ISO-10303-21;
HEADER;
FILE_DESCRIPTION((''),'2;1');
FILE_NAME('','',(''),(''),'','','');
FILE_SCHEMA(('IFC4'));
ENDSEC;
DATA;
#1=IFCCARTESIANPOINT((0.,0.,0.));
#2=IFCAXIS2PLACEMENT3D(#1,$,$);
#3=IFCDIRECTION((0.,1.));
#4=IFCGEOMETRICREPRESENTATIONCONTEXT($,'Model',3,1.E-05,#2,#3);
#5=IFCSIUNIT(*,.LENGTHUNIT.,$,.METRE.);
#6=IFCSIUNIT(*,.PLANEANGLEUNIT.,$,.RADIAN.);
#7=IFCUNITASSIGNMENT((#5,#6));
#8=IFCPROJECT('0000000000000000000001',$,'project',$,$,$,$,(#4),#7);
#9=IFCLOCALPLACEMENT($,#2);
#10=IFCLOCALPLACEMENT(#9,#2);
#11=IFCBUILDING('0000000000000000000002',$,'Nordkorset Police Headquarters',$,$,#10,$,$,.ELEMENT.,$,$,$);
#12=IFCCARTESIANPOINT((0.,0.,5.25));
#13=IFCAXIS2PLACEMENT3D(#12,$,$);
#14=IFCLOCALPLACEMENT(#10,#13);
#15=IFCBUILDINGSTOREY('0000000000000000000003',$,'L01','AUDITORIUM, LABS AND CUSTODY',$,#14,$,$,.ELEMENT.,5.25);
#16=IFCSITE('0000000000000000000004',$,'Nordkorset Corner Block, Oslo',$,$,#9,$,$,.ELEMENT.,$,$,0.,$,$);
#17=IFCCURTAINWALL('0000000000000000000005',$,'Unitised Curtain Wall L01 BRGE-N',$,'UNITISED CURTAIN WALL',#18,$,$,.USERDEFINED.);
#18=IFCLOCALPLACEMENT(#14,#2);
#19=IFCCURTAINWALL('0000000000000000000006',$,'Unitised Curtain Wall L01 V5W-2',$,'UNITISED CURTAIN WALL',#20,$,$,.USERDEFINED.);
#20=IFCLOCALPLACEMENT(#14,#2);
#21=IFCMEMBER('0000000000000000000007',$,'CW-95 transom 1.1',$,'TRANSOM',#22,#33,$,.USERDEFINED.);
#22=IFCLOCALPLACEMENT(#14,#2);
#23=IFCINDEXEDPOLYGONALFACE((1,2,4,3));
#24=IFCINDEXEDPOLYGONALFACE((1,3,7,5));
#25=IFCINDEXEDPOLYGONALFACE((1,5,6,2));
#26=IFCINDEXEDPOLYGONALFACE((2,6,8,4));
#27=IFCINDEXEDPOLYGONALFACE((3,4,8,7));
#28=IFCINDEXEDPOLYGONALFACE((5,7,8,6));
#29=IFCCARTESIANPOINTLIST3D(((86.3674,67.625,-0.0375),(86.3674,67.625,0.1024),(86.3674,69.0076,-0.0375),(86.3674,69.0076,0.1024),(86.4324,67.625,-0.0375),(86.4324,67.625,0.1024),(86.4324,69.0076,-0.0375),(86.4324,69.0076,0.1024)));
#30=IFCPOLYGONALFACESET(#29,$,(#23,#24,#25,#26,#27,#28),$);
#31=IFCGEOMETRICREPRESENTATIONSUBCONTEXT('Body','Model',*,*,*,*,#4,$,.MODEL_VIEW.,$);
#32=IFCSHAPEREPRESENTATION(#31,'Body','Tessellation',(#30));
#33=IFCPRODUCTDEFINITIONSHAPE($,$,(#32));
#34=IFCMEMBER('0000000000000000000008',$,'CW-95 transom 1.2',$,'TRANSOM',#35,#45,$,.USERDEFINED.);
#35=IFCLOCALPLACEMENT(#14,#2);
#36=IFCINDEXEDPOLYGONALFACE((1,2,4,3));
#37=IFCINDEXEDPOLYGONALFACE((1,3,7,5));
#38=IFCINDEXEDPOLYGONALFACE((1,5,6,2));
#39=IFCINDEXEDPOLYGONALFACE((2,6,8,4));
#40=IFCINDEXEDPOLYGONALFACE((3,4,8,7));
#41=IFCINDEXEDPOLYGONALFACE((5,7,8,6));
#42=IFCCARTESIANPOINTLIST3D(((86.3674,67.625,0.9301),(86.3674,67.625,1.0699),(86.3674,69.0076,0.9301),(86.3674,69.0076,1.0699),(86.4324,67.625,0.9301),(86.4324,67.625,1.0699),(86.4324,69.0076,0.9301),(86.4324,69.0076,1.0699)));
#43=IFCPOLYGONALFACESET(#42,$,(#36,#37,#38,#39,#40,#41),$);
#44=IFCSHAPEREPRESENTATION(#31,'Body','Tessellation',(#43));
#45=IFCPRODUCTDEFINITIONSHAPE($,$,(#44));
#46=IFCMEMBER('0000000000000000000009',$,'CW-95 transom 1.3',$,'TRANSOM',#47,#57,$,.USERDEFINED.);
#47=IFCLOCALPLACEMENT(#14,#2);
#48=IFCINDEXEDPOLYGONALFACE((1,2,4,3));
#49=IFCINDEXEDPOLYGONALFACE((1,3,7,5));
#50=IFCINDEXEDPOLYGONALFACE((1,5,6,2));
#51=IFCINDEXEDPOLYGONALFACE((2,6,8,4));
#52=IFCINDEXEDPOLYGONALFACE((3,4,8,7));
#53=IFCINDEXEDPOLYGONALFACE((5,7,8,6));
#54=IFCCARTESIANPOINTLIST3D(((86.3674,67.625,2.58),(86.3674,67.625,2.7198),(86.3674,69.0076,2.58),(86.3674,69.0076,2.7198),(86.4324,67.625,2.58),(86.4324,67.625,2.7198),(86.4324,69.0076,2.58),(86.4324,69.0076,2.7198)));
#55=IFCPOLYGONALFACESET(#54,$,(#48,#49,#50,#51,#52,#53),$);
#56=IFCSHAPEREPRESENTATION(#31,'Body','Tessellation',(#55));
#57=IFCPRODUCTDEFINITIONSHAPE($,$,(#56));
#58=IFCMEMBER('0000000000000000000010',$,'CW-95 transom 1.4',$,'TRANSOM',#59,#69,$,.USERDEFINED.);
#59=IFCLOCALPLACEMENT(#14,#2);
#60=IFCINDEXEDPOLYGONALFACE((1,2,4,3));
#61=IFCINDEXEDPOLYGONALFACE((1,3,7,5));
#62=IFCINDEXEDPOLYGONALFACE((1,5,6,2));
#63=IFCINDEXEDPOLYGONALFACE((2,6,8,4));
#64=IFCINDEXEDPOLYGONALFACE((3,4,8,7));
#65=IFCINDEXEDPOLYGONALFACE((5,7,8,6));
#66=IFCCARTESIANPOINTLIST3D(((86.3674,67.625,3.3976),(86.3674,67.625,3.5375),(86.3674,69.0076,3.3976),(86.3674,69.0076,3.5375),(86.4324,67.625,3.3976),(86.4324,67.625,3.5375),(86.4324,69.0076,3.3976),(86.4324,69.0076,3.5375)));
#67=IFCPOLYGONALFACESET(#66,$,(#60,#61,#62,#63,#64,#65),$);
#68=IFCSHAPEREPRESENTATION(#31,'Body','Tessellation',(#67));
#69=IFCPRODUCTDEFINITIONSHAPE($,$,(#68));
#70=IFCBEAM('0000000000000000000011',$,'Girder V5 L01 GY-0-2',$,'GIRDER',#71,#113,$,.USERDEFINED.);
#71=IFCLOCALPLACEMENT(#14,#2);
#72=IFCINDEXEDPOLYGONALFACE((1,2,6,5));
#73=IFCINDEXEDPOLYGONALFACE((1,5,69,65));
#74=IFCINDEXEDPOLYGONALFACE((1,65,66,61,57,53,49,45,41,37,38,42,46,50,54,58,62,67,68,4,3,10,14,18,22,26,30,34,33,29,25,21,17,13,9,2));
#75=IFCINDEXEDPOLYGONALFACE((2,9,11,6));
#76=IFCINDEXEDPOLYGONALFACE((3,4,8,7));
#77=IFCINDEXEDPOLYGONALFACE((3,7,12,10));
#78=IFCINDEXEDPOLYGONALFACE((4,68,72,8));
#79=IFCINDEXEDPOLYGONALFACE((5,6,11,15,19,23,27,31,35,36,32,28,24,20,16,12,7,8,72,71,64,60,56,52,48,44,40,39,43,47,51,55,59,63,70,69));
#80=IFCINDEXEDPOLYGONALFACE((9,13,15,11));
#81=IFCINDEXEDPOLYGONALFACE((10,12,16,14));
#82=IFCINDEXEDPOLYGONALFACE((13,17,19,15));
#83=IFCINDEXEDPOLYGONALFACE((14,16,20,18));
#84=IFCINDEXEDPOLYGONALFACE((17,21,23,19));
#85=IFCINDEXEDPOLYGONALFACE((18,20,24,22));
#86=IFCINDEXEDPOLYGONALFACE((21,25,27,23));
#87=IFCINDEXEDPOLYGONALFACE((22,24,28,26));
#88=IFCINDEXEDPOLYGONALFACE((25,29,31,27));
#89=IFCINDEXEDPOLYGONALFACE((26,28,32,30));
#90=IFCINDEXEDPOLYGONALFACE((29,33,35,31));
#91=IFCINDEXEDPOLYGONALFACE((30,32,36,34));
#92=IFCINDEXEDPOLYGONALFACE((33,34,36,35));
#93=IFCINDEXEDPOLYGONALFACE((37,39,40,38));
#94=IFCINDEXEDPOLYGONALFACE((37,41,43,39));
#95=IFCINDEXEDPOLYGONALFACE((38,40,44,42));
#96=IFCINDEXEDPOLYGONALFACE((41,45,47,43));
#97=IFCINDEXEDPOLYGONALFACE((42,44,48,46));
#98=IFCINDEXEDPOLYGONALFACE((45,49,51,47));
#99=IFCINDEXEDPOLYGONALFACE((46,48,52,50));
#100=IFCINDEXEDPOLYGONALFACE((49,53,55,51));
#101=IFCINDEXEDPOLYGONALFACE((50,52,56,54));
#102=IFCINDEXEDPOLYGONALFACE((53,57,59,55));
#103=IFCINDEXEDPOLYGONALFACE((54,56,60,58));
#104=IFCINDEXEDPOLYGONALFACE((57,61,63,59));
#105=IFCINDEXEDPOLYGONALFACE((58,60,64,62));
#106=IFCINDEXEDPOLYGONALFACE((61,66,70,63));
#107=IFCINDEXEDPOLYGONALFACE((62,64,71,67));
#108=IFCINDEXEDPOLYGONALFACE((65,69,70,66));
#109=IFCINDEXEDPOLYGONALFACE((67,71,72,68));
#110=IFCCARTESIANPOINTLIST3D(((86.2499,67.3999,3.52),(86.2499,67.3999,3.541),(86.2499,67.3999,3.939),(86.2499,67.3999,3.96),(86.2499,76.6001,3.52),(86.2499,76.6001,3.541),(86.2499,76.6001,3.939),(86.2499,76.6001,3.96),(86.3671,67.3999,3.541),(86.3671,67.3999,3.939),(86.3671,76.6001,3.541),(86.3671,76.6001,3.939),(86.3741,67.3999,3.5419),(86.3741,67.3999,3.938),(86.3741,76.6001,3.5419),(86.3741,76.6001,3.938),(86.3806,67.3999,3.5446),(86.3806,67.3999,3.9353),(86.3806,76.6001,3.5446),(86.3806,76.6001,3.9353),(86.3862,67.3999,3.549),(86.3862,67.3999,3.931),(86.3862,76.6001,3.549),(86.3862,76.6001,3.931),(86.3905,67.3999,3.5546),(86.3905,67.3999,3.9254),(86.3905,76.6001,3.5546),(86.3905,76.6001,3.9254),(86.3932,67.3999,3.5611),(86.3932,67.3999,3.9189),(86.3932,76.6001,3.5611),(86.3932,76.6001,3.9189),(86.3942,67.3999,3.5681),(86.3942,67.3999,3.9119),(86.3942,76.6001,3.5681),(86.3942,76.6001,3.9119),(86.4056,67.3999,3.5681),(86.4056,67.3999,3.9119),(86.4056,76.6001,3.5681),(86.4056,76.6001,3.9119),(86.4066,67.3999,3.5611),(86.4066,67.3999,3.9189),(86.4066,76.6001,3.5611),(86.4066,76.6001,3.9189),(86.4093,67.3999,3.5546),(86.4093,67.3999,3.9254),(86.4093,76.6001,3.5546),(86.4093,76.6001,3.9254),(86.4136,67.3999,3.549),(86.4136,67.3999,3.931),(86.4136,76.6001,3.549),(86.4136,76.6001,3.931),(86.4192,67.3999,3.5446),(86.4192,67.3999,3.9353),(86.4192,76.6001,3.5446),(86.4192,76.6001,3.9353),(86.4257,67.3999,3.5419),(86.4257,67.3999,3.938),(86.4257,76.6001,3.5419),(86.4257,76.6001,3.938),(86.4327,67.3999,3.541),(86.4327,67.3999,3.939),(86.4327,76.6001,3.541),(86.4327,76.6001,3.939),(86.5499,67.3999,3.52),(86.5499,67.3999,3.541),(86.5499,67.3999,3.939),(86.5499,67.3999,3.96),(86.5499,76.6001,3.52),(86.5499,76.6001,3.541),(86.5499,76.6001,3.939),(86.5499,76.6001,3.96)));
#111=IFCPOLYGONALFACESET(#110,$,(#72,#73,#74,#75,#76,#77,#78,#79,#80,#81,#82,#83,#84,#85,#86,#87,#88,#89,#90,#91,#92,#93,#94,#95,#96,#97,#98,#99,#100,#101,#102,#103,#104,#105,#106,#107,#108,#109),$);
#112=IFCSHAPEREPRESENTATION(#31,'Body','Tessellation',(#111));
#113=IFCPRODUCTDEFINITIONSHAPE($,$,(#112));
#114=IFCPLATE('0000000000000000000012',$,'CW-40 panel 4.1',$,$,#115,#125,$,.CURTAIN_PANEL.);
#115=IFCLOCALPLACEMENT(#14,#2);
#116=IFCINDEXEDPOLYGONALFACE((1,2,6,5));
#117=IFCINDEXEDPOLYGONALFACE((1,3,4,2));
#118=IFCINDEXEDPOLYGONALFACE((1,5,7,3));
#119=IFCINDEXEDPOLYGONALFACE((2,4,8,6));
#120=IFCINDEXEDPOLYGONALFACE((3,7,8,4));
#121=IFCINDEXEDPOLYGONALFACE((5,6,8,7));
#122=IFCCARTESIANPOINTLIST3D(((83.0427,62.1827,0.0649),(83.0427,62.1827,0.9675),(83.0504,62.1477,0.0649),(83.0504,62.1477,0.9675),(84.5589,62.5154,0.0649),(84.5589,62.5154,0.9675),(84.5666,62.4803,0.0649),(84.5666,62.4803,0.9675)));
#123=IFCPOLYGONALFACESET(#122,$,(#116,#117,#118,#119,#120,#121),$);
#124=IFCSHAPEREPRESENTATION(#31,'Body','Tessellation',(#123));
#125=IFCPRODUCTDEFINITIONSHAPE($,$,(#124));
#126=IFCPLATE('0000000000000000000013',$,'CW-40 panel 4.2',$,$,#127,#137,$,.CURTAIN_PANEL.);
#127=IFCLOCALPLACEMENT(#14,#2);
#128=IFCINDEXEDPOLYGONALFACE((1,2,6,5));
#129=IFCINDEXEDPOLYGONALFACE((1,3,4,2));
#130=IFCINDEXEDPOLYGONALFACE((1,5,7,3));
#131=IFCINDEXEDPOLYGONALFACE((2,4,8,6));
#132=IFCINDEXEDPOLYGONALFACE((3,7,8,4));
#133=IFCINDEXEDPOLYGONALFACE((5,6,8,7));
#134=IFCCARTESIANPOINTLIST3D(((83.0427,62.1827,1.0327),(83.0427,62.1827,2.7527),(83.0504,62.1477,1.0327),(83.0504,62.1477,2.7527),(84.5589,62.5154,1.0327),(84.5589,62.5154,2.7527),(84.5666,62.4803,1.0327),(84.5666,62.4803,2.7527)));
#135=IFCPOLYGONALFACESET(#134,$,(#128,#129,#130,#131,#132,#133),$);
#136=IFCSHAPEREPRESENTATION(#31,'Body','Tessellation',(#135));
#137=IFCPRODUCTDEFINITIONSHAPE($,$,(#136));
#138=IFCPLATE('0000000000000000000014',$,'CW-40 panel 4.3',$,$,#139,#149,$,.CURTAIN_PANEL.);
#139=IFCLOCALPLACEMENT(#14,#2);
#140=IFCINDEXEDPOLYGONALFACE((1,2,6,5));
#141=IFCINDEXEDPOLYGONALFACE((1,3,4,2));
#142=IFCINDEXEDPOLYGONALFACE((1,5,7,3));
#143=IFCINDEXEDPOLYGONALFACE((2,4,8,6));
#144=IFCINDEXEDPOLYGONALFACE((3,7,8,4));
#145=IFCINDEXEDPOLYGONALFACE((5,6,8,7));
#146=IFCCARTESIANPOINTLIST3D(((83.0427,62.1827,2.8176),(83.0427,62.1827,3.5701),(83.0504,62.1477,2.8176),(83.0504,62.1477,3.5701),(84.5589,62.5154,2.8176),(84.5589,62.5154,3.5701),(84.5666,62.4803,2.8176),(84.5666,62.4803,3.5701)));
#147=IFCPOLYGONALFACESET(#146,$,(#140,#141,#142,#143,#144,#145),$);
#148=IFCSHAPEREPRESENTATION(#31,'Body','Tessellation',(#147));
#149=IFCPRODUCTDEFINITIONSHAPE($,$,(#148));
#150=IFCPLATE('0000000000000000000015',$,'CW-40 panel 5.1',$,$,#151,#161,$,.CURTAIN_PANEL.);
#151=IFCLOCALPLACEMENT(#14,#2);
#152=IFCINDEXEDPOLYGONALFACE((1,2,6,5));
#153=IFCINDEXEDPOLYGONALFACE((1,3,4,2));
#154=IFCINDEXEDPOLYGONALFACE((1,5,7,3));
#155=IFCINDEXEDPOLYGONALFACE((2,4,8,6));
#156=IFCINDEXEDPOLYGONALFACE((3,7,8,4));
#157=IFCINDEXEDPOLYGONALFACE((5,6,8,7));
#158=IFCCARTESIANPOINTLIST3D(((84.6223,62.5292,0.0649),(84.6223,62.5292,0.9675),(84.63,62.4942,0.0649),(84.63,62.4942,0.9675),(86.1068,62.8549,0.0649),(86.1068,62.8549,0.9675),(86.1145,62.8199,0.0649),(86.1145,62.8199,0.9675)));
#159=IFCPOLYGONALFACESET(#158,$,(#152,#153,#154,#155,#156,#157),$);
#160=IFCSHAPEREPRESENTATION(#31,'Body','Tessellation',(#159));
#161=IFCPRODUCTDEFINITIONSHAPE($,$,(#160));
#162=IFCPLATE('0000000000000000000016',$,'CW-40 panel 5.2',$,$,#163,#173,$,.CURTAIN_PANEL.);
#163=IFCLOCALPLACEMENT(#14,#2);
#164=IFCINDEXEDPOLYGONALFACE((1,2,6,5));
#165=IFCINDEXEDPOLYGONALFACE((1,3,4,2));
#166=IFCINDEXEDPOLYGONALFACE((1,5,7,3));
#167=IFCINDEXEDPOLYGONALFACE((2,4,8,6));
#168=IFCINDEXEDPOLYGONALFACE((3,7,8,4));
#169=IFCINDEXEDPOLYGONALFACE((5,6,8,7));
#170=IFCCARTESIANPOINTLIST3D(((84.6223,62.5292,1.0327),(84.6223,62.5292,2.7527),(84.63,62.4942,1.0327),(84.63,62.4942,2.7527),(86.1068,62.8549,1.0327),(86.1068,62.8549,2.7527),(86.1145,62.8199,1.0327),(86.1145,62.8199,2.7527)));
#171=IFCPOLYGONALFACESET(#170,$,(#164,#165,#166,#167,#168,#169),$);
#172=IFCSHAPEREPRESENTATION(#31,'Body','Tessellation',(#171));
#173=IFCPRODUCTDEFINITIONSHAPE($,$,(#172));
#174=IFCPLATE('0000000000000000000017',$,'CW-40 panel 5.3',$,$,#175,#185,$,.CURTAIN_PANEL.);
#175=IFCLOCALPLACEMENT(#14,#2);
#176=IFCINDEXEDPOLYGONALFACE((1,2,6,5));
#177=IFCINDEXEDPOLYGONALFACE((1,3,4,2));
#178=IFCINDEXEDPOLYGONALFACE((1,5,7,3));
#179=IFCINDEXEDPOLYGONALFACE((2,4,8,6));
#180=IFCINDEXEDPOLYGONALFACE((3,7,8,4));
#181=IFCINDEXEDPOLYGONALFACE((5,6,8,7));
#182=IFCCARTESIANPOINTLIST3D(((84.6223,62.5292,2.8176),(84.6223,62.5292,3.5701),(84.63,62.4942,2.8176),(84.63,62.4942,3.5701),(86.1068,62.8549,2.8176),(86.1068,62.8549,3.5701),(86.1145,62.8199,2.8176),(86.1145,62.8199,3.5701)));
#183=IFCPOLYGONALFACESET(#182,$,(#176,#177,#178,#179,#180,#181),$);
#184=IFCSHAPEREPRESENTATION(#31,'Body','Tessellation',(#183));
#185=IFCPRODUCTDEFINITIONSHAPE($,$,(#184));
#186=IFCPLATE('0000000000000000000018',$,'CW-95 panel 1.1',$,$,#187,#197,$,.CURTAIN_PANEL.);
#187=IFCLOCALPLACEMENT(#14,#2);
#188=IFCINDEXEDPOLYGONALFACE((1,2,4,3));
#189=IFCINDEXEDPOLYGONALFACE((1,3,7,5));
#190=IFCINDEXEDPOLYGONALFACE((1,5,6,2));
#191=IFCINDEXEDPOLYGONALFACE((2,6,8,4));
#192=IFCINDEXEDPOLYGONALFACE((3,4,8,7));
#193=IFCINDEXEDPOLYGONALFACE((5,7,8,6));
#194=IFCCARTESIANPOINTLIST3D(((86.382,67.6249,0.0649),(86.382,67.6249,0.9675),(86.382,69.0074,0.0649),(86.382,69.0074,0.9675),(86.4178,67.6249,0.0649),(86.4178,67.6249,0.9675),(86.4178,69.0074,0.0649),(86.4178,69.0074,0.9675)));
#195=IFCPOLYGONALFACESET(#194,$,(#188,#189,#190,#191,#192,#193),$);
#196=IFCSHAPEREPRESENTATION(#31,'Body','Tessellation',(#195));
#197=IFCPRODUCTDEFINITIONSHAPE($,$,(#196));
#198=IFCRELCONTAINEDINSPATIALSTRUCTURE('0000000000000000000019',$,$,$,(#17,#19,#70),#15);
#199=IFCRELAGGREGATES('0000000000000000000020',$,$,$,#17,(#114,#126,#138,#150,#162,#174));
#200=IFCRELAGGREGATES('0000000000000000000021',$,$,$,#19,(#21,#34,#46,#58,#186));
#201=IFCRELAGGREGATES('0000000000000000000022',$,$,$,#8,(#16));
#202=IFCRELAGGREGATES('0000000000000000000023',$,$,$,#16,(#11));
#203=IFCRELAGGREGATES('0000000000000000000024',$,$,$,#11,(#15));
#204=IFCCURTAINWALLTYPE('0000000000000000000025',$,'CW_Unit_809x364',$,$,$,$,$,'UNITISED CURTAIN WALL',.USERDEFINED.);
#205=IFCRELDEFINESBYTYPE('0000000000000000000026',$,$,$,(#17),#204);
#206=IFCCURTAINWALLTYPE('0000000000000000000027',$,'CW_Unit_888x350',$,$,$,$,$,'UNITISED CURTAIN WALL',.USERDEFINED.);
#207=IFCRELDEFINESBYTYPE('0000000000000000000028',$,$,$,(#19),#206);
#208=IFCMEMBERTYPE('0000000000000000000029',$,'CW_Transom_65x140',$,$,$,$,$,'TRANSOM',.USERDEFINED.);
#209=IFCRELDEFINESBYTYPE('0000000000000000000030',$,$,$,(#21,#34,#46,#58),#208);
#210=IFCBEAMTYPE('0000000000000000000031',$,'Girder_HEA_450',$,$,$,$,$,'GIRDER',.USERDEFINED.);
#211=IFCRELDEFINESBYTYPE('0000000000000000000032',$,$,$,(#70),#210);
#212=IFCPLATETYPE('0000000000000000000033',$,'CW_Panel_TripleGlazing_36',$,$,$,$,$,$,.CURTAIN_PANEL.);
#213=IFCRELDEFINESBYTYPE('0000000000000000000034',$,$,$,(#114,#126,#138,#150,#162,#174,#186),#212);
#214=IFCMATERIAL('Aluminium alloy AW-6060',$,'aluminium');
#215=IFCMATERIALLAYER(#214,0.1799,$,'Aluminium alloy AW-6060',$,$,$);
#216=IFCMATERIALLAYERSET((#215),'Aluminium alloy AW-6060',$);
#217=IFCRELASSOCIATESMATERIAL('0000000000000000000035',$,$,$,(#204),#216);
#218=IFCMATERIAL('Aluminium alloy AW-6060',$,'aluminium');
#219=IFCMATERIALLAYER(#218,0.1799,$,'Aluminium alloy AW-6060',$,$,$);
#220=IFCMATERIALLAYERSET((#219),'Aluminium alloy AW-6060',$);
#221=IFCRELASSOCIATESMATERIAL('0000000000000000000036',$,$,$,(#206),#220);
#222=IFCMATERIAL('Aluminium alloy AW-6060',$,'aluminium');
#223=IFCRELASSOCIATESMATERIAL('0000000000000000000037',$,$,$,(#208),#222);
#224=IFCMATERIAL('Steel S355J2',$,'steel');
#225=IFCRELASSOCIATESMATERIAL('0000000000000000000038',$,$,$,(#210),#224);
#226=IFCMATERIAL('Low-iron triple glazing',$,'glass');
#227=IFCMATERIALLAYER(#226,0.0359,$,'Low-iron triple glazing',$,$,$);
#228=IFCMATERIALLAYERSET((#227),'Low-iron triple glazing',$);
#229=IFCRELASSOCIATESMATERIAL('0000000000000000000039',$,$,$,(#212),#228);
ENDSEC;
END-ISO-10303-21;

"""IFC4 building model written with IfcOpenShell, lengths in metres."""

from ifc_helpers import new_model, si_unit, direction, frame, origin, origin_2d, place, context, subcontext, project, spatial, rectangle, i_section, extrude, material, layer, layer_set, material_profile, profile_set, type_object, element, aggregate, save


model = new_model("IFC4")

# Units and contexts
model_context = context("Model", 3, precision=1e-05, world=origin(), true_north=direction((0.0, 1.0)))
body_context = subcontext(model_context, "Body", "Model", "MODEL_VIEW")
ifc_project = project(units=[si_unit("LENGTHUNIT", "METRE"), si_unit("PLANEANGLEUNIT", "RADIAN")], contexts=[model_context])

# Site, building, storey
site_placement = place(None, origin())
site = spatial("IfcSite", under=ifc_project, at=site_placement, Name="Nordkorset Corner Block, Oslo", CompositionType="ELEMENT", RefElevation=0.0)
building_placement = place(site_placement, origin())
building = spatial("IfcBuilding", under=site, at=building_placement, Name="Nordkorset Police Headquarters", CompositionType="ELEMENT")
storey_placement = place(building_placement, frame((0.0, 0.0, 5.25)))
storey = spatial("IfcBuildingStorey", under=building, at=storey_placement, Name="L01", Description="AUDITORIUM, LABS AND CUSTODY", CompositionType="ELEMENT", Elevation=5.25)

# Curtain wall
ifc_material_1 = material(Name="Aluminium alloy AW-6060", Category="aluminium")
ifc_layer_1 = layer(ifc_material_1, 0.1799, Name="Aluminium alloy AW-6060")
ifc_layer_set_1 = layer_set([ifc_layer_1], Name="Aluminium alloy AW-6060")
curtain_wall_type_1 = type_object("IfcCurtainWallType", Name="CW_Unit_809x364", ElementType="UNITISED CURTAIN WALL", PredefinedType="USERDEFINED", material=ifc_layer_set_1)
curtain_wall_1_placement = place(storey_placement, origin())
curtain_wall_1 = element("IfcCurtainWall", 1, at=curtain_wall_1_placement, inside=storey, type_object=curtain_wall_type_1, Name="Unitised Curtain Wall L01 BRGE-N", ObjectType="UNITISED CURTAIN WALL", PredefinedType="USERDEFINED")

# Curtain wall
ifc_material_2 = material(Name="Aluminium alloy AW-6060", Category="aluminium")
ifc_layer_2 = layer(ifc_material_2, 0.1799, Name="Aluminium alloy AW-6060")
ifc_layer_set_2 = layer_set([ifc_layer_2], Name="Aluminium alloy AW-6060")
curtain_wall_type_2 = type_object("IfcCurtainWallType", Name="CW_Unit_888x350", ElementType="UNITISED CURTAIN WALL", PredefinedType="USERDEFINED", material=ifc_layer_set_2)
curtain_wall_2_placement = place(storey_placement, origin())
curtain_wall_2 = element("IfcCurtainWall", 2, at=curtain_wall_2_placement, inside=storey, type_object=curtain_wall_type_2, Name="Unitised Curtain Wall L01 V5W-2", ObjectType="UNITISED CURTAIN WALL", PredefinedType="USERDEFINED")

# Members
ifc_material_3 = material(Name="Aluminium alloy AW-6060", Category="aluminium")
ifc_material_profile_1 = material_profile(ifc_material_3, rectangle(XDim=0.0649, YDim=0.1399, at=origin_2d()), Name="ALU TRAN 65x140")
ifc_profile_set_1 = profile_set([ifc_material_profile_1], Name="Aluminium alloy AW-6060")
member_type_1 = type_object("IfcMemberType", Name="CW_Transom_65x140", ElementType="TRANSOM", PredefinedType="USERDEFINED", material=ifc_profile_set_1)
member_1_placement = place(storey_placement, frame((86.3999, 67.625, 0.0325), z_axis=(0.0, 1.0, 0.0), x_axis=(-1.0, 0.0, 0.0)))
member_1 = element("IfcMember", 3, at=member_1_placement, type_object=member_type_1, Name="CW-95 transom 1.1", ObjectType="TRANSOM", PredefinedType="USERDEFINED", context=body_context, shape_type="SweptSolid", body=[
    extrude(rectangle(XDim=0.0649, YDim=0.1399, at=origin_2d()), origin(), (0.0, 0.0, 1.0), 1.3826),
])
member_2_placement = place(storey_placement, frame((86.3999, 67.625, 1.0), z_axis=(0.0, 1.0, 0.0), x_axis=(-1.0, 0.0, 0.0)))
member_2 = element("IfcMember", 4, at=member_2_placement, type_object=member_type_1, Name="CW-95 transom 1.2", ObjectType="TRANSOM", PredefinedType="USERDEFINED", context=body_context, shape_type="SweptSolid", body=[
    extrude(rectangle(XDim=0.0649, YDim=0.1399, at=origin_2d()), origin(), (0.0, 0.0, 1.0), 1.3826),
])
member_3_placement = place(storey_placement, frame((86.3999, 67.625, 2.6499), z_axis=(0.0, 1.0, 0.0), x_axis=(-1.0, 0.0, 0.0)))
member_3 = element("IfcMember", 5, at=member_3_placement, type_object=member_type_1, Name="CW-95 transom 1.3", ObjectType="TRANSOM", PredefinedType="USERDEFINED", context=body_context, shape_type="SweptSolid", body=[
    extrude(rectangle(XDim=0.0649, YDim=0.1399, at=origin_2d()), origin(), (0.0, 0.0, 1.0), 1.3826),
])
member_4_placement = place(storey_placement, frame((86.3999, 67.625, 3.4675), z_axis=(0.0, 1.0, 0.0), x_axis=(-1.0, 0.0, 0.0)))
member_4 = element("IfcMember", 6, at=member_4_placement, type_object=member_type_1, Name="CW-95 transom 1.4", ObjectType="TRANSOM", PredefinedType="USERDEFINED", context=body_context, shape_type="SweptSolid", body=[
    extrude(rectangle(XDim=0.0649, YDim=0.1399, at=origin_2d()), origin(), (0.0, 0.0, 1.0), 1.3826),
])

# Beam
ifc_material_4 = material(Name="Steel S355J2", Category="steel")
ifc_material_profile_2 = material_profile(ifc_material_4, i_section(OverallWidth=0.3, OverallDepth=0.4399, WebThickness=0.0115, FlangeThickness=0.021, FilletRadius=0.0271, at=origin_2d()), Name="HEA 450")
ifc_profile_set_2 = profile_set([ifc_material_profile_2], Name="Steel S355J2")
beam_type = type_object("IfcBeamType", Name="Girder_HEA_450", ElementType="GIRDER", PredefinedType="USERDEFINED", material=ifc_profile_set_2)
beam_placement = place(storey_placement, frame((86.3999, 67.3999, 3.74), z_axis=(0.0, 1.0, 0.0), x_axis=(-1.0, 0.0, 0.0)))
element("IfcBeam", 7, at=beam_placement, inside=storey, type_object=beam_type, Name="Girder V5 L01 GY-0-2", ObjectType="GIRDER", PredefinedType="USERDEFINED", context=body_context, shape_type="SweptSolid", body=[
    extrude(i_section(OverallWidth=0.3, OverallDepth=0.4399, WebThickness=0.0115, FlangeThickness=0.021, FilletRadius=0.0271, at=origin_2d()), origin(), (0.0, 0.0, 1.0), 9.2002),
])

# Plates
ifc_material_5 = material(Name="Low-iron triple glazing", Category="glass")
ifc_layer_3 = layer(ifc_material_5, 0.0359, Name="Low-iron triple glazing")
ifc_layer_set_3 = layer_set([ifc_layer_3], Name="Low-iron triple glazing")
plate_type_1 = type_object("IfcPlateType", Name="CW_Panel_TripleGlazing_36", PredefinedType="CURTAIN_PANEL", material=ifc_layer_set_3)
plate_1_placement = place(storey_placement, frame((83.8047, 62.3315, 0.0649), z_axis=(0.0, 0.0, 1.0), x_axis=(0.976768, 0.214298, 0.0)))
plate_1 = element("IfcPlate", 8, at=plate_1_placement, type_object=plate_type_1, Name="CW-40 panel 4.1", PredefinedType="CURTAIN_PANEL", context=body_context, shape_type="SweptSolid", body=[
    extrude(rectangle(XDim=1.5522, YDim=0.0359, at=origin_2d()), origin(), (0.0, 0.0, 1.0), 0.9026),
])
plate_2_placement = place(storey_placement, frame((83.8047, 62.3315, 1.0327), z_axis=(0.0, 0.0, 1.0), x_axis=(0.976768, 0.214298, 0.0)))
plate_2 = element("IfcPlate", 9, at=plate_2_placement, type_object=plate_type_1, Name="CW-40 panel 4.2", PredefinedType="CURTAIN_PANEL", context=body_context, shape_type="SweptSolid", body=[
    extrude(rectangle(XDim=1.5522, YDim=0.0359, at=origin_2d()), origin(), (0.0, 0.0, 1.0), 1.72),
])
plate_3_placement = place(storey_placement, frame((83.8047, 62.3315, 2.8176), z_axis=(0.0, 0.0, 1.0), x_axis=(0.976768, 0.214298, 0.0)))
plate_3 = element("IfcPlate", 10, at=plate_3_placement, type_object=plate_type_1, Name="CW-40 panel 4.3", PredefinedType="CURTAIN_PANEL", context=body_context, shape_type="SweptSolid", body=[
    extrude(rectangle(XDim=1.5522, YDim=0.0359, at=origin_2d()), origin(), (0.0, 0.0, 1.0), 0.7524),
])
plate_4_placement = place(storey_placement, frame((85.3684, 62.6746, 0.0649), z_axis=(0.0, 0.0, 1.0), x_axis=(0.976768, 0.214298, 0.0)))
plate_4 = element("IfcPlate", 11, at=plate_4_placement, type_object=plate_type_1, Name="CW-40 panel 5.1", PredefinedType="CURTAIN_PANEL", context=body_context, shape_type="SweptSolid", body=[
    extrude(rectangle(XDim=1.5198, YDim=0.0359, at=origin_2d()), origin(), (0.0, 0.0, 1.0), 0.9026),
])
plate_5_placement = place(storey_placement, frame((85.3684, 62.6746, 1.0327), z_axis=(0.0, 0.0, 1.0), x_axis=(0.976768, 0.214298, 0.0)))
plate_5 = element("IfcPlate", 12, at=plate_5_placement, type_object=plate_type_1, Name="CW-40 panel 5.2", PredefinedType="CURTAIN_PANEL", context=body_context, shape_type="SweptSolid", body=[
    extrude(rectangle(XDim=1.5198, YDim=0.0359, at=origin_2d()), origin(), (0.0, 0.0, 1.0), 1.72),
])
plate_6_placement = place(storey_placement, frame((85.3684, 62.6746, 2.8176), z_axis=(0.0, 0.0, 1.0), x_axis=(0.976768, 0.214298, 0.0)))
plate_6 = element("IfcPlate", 13, at=plate_6_placement, type_object=plate_type_1, Name="CW-40 panel 5.3", PredefinedType="CURTAIN_PANEL", context=body_context, shape_type="SweptSolid", body=[
    extrude(rectangle(XDim=1.5198, YDim=0.0359, at=origin_2d()), origin(), (0.0, 0.0, 1.0), 0.7524),
])
aggregate(curtain_wall_1, [plate_1, plate_2, plate_3, plate_4, plate_5, plate_6])
plate_7_placement = place(storey_placement, frame((86.3999, 68.3162, 0.0649), z_axis=(0.0, 0.0, 1.0), x_axis=(0.0, 1.0, 0.0)))
plate_7 = element("IfcPlate", 14, at=plate_7_placement, type_object=plate_type_1, Name="CW-95 panel 1.1", PredefinedType="CURTAIN_PANEL", context=body_context, shape_type="SweptSolid", body=[
    extrude(rectangle(XDim=1.3826, YDim=0.0359, at=origin_2d()), origin(), (0.0, 0.0, 1.0), 0.9026),
])
aggregate(curtain_wall_2, [member_1, member_2, member_3, member_4, plate_7])

save(model, "model.ifc")
